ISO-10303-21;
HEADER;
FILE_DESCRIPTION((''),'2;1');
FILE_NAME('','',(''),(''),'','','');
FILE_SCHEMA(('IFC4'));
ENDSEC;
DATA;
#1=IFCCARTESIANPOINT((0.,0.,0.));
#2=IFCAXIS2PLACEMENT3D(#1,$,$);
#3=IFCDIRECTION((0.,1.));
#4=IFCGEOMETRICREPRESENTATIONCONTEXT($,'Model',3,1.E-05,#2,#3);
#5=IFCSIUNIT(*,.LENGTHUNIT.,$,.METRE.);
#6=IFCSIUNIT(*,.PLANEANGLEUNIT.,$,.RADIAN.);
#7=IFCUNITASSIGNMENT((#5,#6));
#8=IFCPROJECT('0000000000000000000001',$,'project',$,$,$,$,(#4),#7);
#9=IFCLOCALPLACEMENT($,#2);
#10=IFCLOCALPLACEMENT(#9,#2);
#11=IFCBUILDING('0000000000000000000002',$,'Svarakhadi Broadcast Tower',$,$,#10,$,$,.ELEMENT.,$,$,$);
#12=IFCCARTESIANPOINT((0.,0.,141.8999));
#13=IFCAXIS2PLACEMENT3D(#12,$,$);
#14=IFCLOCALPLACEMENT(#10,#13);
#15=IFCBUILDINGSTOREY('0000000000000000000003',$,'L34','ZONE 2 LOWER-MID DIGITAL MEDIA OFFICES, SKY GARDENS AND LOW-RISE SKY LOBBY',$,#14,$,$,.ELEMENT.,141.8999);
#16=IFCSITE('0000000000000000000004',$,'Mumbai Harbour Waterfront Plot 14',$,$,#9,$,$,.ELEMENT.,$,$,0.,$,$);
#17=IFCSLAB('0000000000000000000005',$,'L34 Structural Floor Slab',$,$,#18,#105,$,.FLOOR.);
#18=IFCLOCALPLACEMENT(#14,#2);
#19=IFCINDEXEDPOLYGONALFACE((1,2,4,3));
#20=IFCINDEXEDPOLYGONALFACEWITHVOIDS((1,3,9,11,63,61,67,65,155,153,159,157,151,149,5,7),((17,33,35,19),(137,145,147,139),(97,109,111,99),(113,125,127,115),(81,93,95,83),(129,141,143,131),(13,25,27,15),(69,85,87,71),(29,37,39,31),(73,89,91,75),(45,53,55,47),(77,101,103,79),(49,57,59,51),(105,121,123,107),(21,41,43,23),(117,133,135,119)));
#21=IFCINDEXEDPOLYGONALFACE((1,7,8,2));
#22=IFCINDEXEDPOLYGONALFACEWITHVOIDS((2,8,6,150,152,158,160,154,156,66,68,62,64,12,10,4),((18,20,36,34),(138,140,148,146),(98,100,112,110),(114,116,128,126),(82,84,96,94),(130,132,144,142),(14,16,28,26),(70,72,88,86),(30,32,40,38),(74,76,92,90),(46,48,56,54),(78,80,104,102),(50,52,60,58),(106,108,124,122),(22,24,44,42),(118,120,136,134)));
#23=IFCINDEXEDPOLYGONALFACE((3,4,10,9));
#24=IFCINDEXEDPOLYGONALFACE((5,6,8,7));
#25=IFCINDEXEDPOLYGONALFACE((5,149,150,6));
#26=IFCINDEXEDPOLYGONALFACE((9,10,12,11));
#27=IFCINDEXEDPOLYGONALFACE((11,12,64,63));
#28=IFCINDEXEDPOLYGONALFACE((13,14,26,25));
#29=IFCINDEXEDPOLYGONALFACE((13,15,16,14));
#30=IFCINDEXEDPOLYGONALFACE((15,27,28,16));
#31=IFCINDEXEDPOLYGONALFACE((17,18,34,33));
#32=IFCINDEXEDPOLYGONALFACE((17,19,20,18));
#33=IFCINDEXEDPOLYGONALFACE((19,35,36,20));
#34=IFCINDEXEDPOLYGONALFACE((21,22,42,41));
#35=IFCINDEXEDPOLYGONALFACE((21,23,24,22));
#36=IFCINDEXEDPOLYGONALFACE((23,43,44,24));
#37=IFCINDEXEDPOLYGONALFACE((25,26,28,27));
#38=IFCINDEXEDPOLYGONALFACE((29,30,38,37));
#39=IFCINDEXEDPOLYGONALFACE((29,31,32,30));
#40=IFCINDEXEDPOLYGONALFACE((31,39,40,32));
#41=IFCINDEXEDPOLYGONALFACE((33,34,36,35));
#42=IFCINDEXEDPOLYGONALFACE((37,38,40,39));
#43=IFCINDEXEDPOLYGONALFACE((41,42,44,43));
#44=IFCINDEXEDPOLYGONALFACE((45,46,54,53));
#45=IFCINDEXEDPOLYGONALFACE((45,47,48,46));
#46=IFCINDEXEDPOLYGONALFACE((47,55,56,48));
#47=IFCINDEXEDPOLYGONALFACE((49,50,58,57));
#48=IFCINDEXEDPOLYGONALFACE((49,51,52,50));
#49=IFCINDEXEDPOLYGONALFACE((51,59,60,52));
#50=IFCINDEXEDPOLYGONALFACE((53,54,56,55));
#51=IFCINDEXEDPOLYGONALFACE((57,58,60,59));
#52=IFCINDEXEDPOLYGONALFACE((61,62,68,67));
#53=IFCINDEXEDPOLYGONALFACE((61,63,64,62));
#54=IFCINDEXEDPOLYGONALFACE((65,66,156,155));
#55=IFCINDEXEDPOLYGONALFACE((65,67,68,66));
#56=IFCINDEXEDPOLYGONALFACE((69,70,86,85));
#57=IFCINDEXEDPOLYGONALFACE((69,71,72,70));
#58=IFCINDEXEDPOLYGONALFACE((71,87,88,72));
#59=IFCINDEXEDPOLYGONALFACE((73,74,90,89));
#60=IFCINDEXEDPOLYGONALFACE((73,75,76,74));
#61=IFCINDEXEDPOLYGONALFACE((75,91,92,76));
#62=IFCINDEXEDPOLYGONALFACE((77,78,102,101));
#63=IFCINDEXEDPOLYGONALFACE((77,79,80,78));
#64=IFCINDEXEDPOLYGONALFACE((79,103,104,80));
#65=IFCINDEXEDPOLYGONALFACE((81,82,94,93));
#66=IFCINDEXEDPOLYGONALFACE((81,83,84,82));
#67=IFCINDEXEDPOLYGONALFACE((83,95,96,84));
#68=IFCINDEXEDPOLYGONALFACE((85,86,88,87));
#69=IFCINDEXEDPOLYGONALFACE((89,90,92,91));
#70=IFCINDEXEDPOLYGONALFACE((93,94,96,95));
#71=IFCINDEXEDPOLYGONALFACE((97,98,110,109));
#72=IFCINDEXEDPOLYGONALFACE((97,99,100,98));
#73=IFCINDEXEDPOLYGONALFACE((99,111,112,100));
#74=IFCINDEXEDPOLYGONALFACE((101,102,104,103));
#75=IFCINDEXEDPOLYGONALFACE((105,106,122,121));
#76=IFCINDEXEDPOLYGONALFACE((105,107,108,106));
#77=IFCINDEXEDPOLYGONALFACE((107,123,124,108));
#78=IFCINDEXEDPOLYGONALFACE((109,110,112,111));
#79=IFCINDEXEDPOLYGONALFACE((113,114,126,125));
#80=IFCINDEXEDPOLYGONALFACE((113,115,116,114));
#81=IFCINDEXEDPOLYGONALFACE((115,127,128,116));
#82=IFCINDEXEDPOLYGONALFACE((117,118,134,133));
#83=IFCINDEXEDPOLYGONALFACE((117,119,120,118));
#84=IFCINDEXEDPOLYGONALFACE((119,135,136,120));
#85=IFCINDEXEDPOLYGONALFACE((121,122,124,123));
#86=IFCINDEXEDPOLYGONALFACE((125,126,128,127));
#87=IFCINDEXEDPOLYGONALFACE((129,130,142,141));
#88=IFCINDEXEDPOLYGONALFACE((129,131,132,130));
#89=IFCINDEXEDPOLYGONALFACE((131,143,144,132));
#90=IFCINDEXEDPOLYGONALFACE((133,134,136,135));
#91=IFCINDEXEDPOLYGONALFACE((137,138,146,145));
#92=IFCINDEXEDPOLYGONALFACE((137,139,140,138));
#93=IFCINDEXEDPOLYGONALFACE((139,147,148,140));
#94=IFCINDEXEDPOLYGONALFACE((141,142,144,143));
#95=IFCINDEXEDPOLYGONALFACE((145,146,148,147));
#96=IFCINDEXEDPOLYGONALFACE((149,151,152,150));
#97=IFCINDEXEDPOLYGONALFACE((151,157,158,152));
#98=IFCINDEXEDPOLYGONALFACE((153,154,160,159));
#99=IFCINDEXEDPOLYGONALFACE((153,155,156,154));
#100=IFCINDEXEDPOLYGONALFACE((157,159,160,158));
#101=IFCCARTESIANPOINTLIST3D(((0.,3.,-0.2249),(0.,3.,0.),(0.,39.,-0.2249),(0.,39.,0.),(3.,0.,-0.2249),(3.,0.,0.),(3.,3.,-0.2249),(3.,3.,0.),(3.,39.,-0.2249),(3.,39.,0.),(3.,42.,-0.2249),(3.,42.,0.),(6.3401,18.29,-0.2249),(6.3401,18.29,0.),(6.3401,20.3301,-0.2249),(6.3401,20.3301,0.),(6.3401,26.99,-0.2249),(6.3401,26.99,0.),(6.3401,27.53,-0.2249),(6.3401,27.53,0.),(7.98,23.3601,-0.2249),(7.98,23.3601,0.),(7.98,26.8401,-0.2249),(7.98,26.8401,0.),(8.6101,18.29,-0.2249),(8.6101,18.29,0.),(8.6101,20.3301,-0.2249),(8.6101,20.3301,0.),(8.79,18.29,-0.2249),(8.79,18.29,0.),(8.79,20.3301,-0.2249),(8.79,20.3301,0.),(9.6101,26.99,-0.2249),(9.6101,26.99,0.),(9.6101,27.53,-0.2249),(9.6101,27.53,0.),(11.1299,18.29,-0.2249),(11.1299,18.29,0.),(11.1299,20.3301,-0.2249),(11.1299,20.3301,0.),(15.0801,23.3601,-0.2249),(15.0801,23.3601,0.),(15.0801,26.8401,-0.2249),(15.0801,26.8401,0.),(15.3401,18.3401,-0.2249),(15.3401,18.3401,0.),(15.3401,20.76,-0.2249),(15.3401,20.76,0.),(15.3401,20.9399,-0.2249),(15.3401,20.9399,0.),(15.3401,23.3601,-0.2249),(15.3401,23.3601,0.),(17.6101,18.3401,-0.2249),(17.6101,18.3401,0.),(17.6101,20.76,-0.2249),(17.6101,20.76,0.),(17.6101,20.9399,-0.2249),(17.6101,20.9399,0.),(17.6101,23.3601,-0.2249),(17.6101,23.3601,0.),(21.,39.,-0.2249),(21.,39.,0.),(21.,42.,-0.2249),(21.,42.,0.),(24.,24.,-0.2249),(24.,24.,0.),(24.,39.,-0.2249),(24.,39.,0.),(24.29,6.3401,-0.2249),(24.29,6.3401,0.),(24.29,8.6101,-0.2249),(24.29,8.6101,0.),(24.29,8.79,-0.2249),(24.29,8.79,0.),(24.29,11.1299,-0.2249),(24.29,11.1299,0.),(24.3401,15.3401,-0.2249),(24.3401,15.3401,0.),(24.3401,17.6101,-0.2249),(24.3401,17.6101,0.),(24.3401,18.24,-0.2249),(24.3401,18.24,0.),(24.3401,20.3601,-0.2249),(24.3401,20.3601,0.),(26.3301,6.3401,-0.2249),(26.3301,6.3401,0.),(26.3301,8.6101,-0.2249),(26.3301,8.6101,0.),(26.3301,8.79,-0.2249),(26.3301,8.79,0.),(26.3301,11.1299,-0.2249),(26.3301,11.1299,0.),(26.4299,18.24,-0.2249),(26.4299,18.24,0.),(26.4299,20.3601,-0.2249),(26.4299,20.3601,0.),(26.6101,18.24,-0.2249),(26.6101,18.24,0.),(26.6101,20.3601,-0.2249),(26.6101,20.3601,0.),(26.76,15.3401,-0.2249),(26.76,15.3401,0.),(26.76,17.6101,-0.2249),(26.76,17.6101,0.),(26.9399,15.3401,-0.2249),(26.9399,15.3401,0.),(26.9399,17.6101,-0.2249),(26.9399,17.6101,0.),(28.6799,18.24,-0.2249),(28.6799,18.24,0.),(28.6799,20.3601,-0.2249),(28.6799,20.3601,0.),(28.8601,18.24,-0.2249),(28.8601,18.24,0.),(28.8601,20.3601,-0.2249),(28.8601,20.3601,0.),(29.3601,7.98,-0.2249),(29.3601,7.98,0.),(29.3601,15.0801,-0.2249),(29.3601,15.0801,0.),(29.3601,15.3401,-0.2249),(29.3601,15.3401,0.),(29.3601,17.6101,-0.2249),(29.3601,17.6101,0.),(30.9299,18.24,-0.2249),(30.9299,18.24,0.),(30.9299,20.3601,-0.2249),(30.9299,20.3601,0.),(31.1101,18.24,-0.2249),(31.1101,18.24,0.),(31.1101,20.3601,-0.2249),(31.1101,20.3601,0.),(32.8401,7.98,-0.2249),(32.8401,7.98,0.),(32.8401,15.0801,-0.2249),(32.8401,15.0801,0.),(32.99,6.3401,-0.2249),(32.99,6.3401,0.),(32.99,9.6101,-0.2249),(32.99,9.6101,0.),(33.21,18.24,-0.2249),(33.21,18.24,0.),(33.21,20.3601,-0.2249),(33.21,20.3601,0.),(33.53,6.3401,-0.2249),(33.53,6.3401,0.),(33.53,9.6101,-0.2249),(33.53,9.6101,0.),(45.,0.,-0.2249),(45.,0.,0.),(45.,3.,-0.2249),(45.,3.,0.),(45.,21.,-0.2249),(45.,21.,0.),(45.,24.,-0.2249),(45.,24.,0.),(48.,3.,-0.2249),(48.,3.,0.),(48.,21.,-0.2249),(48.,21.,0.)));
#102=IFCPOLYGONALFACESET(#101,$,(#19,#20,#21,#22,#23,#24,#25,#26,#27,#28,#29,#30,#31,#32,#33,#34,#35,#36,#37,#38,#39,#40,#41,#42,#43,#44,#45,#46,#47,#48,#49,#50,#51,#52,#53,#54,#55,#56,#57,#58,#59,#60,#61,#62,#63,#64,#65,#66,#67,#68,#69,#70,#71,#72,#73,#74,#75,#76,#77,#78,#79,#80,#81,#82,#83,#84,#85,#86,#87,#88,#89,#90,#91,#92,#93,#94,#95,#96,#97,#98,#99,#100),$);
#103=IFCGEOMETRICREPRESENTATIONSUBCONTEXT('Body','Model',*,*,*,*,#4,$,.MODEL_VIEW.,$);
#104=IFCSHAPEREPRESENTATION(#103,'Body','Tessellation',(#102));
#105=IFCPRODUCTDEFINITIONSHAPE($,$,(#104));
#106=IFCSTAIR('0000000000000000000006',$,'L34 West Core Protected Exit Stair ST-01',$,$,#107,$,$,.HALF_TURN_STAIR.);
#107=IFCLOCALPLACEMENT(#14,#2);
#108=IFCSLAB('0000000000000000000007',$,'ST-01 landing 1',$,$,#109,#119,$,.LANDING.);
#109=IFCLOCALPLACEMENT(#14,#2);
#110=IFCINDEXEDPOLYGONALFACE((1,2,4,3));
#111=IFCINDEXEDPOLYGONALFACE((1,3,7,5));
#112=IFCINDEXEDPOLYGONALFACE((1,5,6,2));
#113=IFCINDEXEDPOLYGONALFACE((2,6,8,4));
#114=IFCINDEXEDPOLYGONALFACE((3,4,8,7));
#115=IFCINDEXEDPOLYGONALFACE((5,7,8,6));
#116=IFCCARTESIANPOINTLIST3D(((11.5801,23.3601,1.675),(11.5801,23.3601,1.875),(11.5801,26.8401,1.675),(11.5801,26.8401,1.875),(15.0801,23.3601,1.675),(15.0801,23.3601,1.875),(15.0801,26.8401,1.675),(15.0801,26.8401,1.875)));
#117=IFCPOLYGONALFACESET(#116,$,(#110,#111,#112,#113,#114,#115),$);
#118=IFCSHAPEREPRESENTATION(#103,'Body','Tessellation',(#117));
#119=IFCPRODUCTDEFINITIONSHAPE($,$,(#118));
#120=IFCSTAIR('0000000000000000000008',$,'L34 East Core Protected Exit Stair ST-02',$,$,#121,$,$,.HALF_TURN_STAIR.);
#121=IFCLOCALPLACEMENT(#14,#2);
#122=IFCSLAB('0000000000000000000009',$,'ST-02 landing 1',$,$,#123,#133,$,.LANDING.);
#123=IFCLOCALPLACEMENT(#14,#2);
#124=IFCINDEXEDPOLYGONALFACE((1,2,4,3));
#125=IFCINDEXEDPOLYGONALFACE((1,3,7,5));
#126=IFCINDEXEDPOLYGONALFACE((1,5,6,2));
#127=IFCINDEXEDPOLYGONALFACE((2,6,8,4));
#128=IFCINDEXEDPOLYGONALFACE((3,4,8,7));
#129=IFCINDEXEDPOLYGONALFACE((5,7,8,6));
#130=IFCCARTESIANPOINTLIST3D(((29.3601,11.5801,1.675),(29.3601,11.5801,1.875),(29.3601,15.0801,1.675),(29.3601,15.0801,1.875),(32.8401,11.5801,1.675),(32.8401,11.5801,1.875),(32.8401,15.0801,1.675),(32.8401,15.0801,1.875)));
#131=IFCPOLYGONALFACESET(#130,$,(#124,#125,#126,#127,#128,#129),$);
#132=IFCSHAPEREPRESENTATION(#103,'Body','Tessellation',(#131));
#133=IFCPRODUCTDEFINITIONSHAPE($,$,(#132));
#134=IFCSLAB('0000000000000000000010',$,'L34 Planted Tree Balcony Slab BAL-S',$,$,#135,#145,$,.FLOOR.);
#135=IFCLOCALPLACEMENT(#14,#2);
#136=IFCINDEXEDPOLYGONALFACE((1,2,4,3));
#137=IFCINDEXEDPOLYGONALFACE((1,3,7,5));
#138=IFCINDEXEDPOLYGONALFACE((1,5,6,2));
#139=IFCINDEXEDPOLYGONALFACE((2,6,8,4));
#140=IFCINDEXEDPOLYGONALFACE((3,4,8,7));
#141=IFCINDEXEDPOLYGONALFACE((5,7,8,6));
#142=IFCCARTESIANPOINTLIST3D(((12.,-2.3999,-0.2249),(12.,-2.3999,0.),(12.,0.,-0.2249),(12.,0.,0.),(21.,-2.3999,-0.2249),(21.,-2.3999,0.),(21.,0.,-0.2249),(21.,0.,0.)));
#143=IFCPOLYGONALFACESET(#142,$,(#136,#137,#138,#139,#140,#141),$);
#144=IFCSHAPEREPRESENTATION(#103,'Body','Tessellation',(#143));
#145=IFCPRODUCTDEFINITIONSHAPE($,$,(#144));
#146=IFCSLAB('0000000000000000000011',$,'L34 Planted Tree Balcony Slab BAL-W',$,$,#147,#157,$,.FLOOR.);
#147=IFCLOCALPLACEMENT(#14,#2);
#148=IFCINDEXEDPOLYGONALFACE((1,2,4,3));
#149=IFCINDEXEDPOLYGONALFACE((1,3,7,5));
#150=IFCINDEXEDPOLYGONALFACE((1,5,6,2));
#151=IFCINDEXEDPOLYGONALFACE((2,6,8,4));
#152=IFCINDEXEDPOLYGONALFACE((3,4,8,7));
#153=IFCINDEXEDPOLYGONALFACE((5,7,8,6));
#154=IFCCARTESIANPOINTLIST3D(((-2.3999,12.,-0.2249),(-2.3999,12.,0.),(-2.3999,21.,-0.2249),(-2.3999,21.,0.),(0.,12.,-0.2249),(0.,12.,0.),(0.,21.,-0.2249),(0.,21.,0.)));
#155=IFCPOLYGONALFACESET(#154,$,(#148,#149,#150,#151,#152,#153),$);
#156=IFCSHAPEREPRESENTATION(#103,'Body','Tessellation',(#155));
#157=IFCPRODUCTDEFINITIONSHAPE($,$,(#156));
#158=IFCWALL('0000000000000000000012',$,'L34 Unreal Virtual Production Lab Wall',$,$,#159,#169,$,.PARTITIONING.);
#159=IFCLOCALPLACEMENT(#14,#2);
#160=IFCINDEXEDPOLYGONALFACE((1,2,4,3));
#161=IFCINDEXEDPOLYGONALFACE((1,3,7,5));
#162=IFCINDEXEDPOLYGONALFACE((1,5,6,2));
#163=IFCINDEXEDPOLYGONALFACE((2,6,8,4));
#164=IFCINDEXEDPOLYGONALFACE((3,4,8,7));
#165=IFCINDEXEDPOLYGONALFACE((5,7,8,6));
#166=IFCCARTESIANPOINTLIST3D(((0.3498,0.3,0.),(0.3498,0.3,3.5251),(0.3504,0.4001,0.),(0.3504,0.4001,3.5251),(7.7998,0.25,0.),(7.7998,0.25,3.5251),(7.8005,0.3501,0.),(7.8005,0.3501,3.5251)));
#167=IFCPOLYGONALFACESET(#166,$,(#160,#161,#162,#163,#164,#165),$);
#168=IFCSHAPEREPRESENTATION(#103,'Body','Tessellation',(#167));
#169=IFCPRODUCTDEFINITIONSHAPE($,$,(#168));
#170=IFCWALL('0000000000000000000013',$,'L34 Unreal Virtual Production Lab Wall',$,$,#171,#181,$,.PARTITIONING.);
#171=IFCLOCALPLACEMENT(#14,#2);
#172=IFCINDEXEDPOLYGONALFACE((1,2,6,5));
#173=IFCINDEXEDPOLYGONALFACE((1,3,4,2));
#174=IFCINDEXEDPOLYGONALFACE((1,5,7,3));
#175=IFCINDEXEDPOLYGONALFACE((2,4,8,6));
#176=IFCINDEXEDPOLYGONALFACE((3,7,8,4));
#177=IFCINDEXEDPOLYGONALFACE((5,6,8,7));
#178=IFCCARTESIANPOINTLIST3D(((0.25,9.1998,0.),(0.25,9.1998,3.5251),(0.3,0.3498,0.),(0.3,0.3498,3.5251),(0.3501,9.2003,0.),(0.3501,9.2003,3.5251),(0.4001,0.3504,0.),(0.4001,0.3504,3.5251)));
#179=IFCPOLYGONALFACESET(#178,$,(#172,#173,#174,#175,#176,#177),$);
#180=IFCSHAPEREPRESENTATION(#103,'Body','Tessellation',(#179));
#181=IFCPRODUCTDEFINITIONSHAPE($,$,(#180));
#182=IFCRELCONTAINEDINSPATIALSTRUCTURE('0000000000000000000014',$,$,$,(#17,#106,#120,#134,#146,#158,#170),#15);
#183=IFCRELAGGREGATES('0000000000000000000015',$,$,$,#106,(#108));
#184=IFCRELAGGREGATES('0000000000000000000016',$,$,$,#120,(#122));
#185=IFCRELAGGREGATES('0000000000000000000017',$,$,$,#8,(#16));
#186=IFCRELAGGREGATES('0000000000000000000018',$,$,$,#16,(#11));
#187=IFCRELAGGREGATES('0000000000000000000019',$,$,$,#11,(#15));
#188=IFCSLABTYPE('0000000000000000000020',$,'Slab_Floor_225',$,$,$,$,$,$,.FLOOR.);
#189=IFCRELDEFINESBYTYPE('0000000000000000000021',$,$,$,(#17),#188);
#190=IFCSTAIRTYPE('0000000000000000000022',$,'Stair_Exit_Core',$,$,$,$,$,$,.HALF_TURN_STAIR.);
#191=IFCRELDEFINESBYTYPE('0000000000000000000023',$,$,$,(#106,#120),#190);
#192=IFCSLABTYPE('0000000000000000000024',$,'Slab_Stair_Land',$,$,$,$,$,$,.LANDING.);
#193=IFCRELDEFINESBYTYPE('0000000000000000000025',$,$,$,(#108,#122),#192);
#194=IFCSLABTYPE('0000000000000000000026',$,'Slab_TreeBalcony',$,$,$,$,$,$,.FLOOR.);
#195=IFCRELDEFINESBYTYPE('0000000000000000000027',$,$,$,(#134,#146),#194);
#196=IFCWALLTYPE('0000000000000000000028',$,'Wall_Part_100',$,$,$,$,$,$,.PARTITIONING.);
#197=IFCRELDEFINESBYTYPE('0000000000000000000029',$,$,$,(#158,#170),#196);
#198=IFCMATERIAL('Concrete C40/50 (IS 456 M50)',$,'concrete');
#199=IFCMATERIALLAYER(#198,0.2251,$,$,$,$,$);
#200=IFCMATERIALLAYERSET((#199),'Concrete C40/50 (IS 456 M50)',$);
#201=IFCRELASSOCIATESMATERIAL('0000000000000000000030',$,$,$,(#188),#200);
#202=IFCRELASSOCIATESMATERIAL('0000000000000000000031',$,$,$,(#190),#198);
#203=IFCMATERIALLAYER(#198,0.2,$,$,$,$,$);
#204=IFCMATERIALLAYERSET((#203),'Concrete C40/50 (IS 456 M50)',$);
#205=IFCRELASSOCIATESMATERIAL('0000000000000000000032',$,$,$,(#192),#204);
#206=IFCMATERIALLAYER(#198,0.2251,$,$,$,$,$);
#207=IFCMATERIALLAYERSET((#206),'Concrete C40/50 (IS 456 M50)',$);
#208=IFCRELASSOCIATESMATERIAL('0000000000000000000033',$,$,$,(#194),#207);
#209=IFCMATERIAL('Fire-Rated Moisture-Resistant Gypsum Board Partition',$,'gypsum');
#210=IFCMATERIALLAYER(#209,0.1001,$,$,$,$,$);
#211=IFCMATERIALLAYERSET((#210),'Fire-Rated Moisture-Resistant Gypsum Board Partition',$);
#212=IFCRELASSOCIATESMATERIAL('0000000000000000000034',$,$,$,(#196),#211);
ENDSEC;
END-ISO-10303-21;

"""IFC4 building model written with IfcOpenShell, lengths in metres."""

from ifc_helpers import new_model, si_unit, direction, frame, frame_2d, origin, place, context, subcontext, project, spatial, polyline, rectangle, outline, extrude, material, layer, layer_set, type_object, element, aggregate, save


model = new_model("IFC4")

# Units and contexts
model_context = context("Model", 3, precision=1e-05, world=origin(), true_north=direction((0.0, 1.0)))
body_context = subcontext(model_context, "Body", "Model", "MODEL_VIEW")
ifc_project = project(units=[si_unit("LENGTHUNIT", "METRE"), si_unit("PLANEANGLEUNIT", "RADIAN")], contexts=[model_context])

# Site, building, storey
site_placement = place(None, origin())
site = spatial("IfcSite", under=ifc_project, at=site_placement, Name="Mumbai Harbour Waterfront Plot 14", CompositionType="ELEMENT", RefElevation=0.0)
building_placement = place(site_placement, origin())
building = spatial("IfcBuilding", under=site, at=building_placement, Name="Svarakhadi Broadcast Tower", CompositionType="ELEMENT")
storey_placement = place(building_placement, frame((0.0, 0.0, 141.8999)))
storey = spatial("IfcBuildingStorey", under=building, at=storey_placement, Name="L34", Description="ZONE 2 LOWER-MID DIGITAL MEDIA OFFICES, SKY GARDENS AND LOW-RISE SKY LOBBY", CompositionType="ELEMENT", Elevation=141.8999)

# Slab
ifc_material_1 = material(Name="Concrete C40/50 (IS 456 M50)", Category="concrete")
ifc_layer_1 = layer(ifc_material_1, 0.2251)
ifc_layer_set_1 = layer_set([ifc_layer_1], Name="Concrete C40/50 (IS 456 M50)")
slab_type_1 = type_object("IfcSlabType", Name="Slab_Floor_225", PredefinedType="FLOOR", material=ifc_layer_set_1)
slab_1_placement = place(storey_placement, frame((0.0, 0.0, -0.2249)))
element("IfcSlab", 1, at=slab_1_placement, inside=storey, type_object=slab_type_1, Name="L34 Structural Floor Slab", PredefinedType="FLOOR", context=body_context, shape_type="SweptSolid", body=[
    extrude(outline(polyline([(3.0, 0.0), (45.0, 0.0), (45.0, 3.0), (48.0, 3.0), (48.0, 21.0), (45.0, 21.0), (45.0, 24.0), (24.0, 24.0), (24.0, 39.0), (21.0, 39.0), (21.0, 42.0), (3.0, 42.0), (3.0, 39.0), (0.0, 39.0), (0.0, 3.0), (3.0, 3.0), (3.0, 0.0)]), holes=[polyline([(7.98, 23.3601), (15.0801, 23.3601), (15.0801, 26.8401), (7.98, 26.8401), (7.98, 23.3601)]), polyline([(32.8401, 7.98), (32.8401, 15.0801), (29.3601, 15.0801), (29.3601, 7.98), (32.8401, 7.98)]), polyline([(6.3401, 18.29), (8.6101, 18.29), (8.6101, 20.3301), (6.3401, 20.3301), (6.3401, 18.29)]), polyline([(8.79, 18.29), (11.1299, 18.29), (11.1299, 20.3301), (8.79, 20.3301), (8.79, 18.29)]), polyline([(24.29, 6.3401), (26.3301, 6.3401), (26.3301, 8.6101), (24.29, 8.6101), (24.29, 6.3401)]), polyline([(24.29, 8.79), (26.3301, 8.79), (26.3301, 11.1299), (24.29, 11.1299), (24.29, 8.79)]), polyline([(6.3401, 26.99), (9.6101, 26.99), (9.6101, 27.53), (6.3401, 27.53), (6.3401, 26.99)]), polyline([(32.99, 6.3401), (33.53, 6.3401), (33.53, 9.6101), (32.99, 9.6101), (32.99, 6.3401)]), polyline([(15.3401, 18.3401), (17.6101, 18.3401), (17.6101, 20.76), (15.3401, 20.76), (15.3401, 18.3401)]), polyline([(15.3401, 20.9399), (17.6101, 20.9399), (17.6101, 23.3601), (15.3401, 23.3601), (15.3401, 20.9399)]), polyline([(24.3401, 15.3401), (26.76, 15.3401), (26.76, 17.6101), (24.3401, 17.6101), (24.3401, 15.3401)]), polyline([(26.9399, 15.3401), (29.3601, 15.3401), (29.3601, 17.6101), (26.9399, 17.6101), (26.9399, 15.3401)]), polyline([(24.3401, 18.24), (26.4299, 18.24), (26.4299, 20.3601), (24.3401, 20.3601), (24.3401, 18.24)]), polyline([(26.6101, 18.24), (28.6799, 18.24), (28.6799, 20.3601), (26.6101, 20.3601), (26.6101, 18.24)]), polyline([(28.8601, 18.24), (30.9299, 18.24), (30.9299, 20.3601), (28.8601, 20.3601), (28.8601, 18.24)]), polyline([(31.1101, 18.24), (33.21, 18.24), (33.21, 20.3601), (31.1101, 20.3601), (31.1101, 18.24)])]), origin(), (0.0, 0.0, 1.0), 0.2249),
])

# Stairs, slabs
stair_type = type_object("IfcStairType", Name="Stair_Exit_Core", PredefinedType="HALF_TURN_STAIR", material=ifc_material_1)
stair_1_placement = place(storey_placement, origin())
stair_1 = element("IfcStair", 2, at=stair_1_placement, inside=storey, type_object=stair_type, Name="L34 West Core Protected Exit Stair ST-01", PredefinedType="HALF_TURN_STAIR")
ifc_layer_2 = layer(ifc_material_1, 0.2)
ifc_layer_set_2 = layer_set([ifc_layer_2], Name="Concrete C40/50 (IS 456 M50)")
slab_type_2 = type_object("IfcSlabType", Name="Slab_Stair_Land", PredefinedType="LANDING", material=ifc_layer_set_2)
slab_2_placement = place(storey_placement, frame((0.0, 0.0, 1.675)))
slab_2 = element("IfcSlab", 3, at=slab_2_placement, type_object=slab_type_2, Name="ST-01 landing 1", PredefinedType="LANDING", context=body_context, shape_type="SweptSolid", body=[
    extrude(outline(polyline([(11.5801, 23.3601), (15.0801, 23.3601), (15.0801, 26.8401), (11.5801, 26.8401), (11.5801, 23.3601)])), origin(), (0.0, 0.0, 1.0), 0.2),
])
aggregate(stair_1, [slab_2])
stair_2_placement = place(storey_placement, origin())
stair_2 = element("IfcStair", 4, at=stair_2_placement, inside=storey, type_object=stair_type, Name="L34 East Core Protected Exit Stair ST-02", PredefinedType="HALF_TURN_STAIR")
slab_3_placement = place(storey_placement, frame((0.0, 0.0, 1.675)))
slab_3 = element("IfcSlab", 5, at=slab_3_placement, type_object=slab_type_2, Name="ST-02 landing 1", PredefinedType="LANDING", context=body_context, shape_type="SweptSolid", body=[
    extrude(outline(polyline([(32.8401, 11.5801), (32.8401, 15.0801), (29.3601, 15.0801), (29.3601, 11.5801), (32.8401, 11.5801)])), origin(), (0.0, 0.0, 1.0), 0.2),
])
aggregate(stair_2, [slab_3])

# Slabs
ifc_layer_3 = layer(ifc_material_1, 0.2251)
ifc_layer_set_3 = layer_set([ifc_layer_3], Name="Concrete C40/50 (IS 456 M50)")
slab_type_3 = type_object("IfcSlabType", Name="Slab_TreeBalcony", PredefinedType="FLOOR", material=ifc_layer_set_3)
slab_4_placement = place(storey_placement, frame((0.0, 0.0, -0.2249)))
element("IfcSlab", 6, at=slab_4_placement, inside=storey, type_object=slab_type_3, Name="L34 Planted Tree Balcony Slab BAL-S", PredefinedType="FLOOR", context=body_context, shape_type="SweptSolid", body=[
    extrude(outline(polyline([(12.0, -2.3999), (21.0, -2.3999), (21.0, 0.0), (12.0, 0.0), (12.0, -2.3999)])), origin(), (0.0, 0.0, 1.0), 0.2249),
])
slab_5_placement = place(storey_placement, frame((0.0, 0.0, -0.2249)))
element("IfcSlab", 7, at=slab_5_placement, inside=storey, type_object=slab_type_3, Name="L34 Planted Tree Balcony Slab BAL-W", PredefinedType="FLOOR", context=body_context, shape_type="SweptSolid", body=[
    extrude(outline(polyline([(-2.3999, 12.0), (0.0, 12.0), (0.0, 21.0), (-2.3999, 21.0), (-2.3999, 12.0)])), origin(), (0.0, 0.0, 1.0), 0.2249),
])

# Walls
ifc_material_2 = material(Name="Fire-Rated Moisture-Resistant Gypsum Board Partition", Category="gypsum")
ifc_layer_4 = layer(ifc_material_2, 0.1001)
ifc_layer_set_4 = layer_set([ifc_layer_4], Name="Fire-Rated Moisture-Resistant Gypsum Board Partition")
wall_type = type_object("IfcWallType", Name="Wall_Part_100", PredefinedType="PARTITIONING", material=ifc_layer_set_4)
wall_1_placement = place(storey_placement, frame((0.3501, 0.3501, 0.0), z_axis=(0.0, 0.0, 1.0), x_axis=(0.999977, -0.006718, 0.0)))
element("IfcWall", 8, at=wall_1_placement, inside=storey, type_object=wall_type, Name="L34 Unreal Virtual Production Lab Wall", PredefinedType="PARTITIONING", context=body_context, shape_type="SweptSolid", body=[
    extrude(rectangle(XDim=7.4502, YDim=0.1001, at=frame_2d((3.7251, 0.0))), origin(), (0.0, 0.0, 1.0), 3.5251),
])
wall_2_placement = place(storey_placement, frame((0.3501, 0.3501, 0.0), z_axis=(0.0, 0.0, 1.0), x_axis=(-0.005655, 0.999984, 0.0)))
element("IfcWall", 9, at=wall_2_placement, inside=storey, type_object=wall_type, Name="L34 Unreal Virtual Production Lab Wall", PredefinedType="PARTITIONING", context=body_context, shape_type="SweptSolid", body=[
    extrude(rectangle(XDim=8.8501, YDim=0.1001, at=frame_2d((4.425, 0.0))), origin(), (0.0, 0.0, 1.0), 3.5251),
])

save(model, "model.ifc")
